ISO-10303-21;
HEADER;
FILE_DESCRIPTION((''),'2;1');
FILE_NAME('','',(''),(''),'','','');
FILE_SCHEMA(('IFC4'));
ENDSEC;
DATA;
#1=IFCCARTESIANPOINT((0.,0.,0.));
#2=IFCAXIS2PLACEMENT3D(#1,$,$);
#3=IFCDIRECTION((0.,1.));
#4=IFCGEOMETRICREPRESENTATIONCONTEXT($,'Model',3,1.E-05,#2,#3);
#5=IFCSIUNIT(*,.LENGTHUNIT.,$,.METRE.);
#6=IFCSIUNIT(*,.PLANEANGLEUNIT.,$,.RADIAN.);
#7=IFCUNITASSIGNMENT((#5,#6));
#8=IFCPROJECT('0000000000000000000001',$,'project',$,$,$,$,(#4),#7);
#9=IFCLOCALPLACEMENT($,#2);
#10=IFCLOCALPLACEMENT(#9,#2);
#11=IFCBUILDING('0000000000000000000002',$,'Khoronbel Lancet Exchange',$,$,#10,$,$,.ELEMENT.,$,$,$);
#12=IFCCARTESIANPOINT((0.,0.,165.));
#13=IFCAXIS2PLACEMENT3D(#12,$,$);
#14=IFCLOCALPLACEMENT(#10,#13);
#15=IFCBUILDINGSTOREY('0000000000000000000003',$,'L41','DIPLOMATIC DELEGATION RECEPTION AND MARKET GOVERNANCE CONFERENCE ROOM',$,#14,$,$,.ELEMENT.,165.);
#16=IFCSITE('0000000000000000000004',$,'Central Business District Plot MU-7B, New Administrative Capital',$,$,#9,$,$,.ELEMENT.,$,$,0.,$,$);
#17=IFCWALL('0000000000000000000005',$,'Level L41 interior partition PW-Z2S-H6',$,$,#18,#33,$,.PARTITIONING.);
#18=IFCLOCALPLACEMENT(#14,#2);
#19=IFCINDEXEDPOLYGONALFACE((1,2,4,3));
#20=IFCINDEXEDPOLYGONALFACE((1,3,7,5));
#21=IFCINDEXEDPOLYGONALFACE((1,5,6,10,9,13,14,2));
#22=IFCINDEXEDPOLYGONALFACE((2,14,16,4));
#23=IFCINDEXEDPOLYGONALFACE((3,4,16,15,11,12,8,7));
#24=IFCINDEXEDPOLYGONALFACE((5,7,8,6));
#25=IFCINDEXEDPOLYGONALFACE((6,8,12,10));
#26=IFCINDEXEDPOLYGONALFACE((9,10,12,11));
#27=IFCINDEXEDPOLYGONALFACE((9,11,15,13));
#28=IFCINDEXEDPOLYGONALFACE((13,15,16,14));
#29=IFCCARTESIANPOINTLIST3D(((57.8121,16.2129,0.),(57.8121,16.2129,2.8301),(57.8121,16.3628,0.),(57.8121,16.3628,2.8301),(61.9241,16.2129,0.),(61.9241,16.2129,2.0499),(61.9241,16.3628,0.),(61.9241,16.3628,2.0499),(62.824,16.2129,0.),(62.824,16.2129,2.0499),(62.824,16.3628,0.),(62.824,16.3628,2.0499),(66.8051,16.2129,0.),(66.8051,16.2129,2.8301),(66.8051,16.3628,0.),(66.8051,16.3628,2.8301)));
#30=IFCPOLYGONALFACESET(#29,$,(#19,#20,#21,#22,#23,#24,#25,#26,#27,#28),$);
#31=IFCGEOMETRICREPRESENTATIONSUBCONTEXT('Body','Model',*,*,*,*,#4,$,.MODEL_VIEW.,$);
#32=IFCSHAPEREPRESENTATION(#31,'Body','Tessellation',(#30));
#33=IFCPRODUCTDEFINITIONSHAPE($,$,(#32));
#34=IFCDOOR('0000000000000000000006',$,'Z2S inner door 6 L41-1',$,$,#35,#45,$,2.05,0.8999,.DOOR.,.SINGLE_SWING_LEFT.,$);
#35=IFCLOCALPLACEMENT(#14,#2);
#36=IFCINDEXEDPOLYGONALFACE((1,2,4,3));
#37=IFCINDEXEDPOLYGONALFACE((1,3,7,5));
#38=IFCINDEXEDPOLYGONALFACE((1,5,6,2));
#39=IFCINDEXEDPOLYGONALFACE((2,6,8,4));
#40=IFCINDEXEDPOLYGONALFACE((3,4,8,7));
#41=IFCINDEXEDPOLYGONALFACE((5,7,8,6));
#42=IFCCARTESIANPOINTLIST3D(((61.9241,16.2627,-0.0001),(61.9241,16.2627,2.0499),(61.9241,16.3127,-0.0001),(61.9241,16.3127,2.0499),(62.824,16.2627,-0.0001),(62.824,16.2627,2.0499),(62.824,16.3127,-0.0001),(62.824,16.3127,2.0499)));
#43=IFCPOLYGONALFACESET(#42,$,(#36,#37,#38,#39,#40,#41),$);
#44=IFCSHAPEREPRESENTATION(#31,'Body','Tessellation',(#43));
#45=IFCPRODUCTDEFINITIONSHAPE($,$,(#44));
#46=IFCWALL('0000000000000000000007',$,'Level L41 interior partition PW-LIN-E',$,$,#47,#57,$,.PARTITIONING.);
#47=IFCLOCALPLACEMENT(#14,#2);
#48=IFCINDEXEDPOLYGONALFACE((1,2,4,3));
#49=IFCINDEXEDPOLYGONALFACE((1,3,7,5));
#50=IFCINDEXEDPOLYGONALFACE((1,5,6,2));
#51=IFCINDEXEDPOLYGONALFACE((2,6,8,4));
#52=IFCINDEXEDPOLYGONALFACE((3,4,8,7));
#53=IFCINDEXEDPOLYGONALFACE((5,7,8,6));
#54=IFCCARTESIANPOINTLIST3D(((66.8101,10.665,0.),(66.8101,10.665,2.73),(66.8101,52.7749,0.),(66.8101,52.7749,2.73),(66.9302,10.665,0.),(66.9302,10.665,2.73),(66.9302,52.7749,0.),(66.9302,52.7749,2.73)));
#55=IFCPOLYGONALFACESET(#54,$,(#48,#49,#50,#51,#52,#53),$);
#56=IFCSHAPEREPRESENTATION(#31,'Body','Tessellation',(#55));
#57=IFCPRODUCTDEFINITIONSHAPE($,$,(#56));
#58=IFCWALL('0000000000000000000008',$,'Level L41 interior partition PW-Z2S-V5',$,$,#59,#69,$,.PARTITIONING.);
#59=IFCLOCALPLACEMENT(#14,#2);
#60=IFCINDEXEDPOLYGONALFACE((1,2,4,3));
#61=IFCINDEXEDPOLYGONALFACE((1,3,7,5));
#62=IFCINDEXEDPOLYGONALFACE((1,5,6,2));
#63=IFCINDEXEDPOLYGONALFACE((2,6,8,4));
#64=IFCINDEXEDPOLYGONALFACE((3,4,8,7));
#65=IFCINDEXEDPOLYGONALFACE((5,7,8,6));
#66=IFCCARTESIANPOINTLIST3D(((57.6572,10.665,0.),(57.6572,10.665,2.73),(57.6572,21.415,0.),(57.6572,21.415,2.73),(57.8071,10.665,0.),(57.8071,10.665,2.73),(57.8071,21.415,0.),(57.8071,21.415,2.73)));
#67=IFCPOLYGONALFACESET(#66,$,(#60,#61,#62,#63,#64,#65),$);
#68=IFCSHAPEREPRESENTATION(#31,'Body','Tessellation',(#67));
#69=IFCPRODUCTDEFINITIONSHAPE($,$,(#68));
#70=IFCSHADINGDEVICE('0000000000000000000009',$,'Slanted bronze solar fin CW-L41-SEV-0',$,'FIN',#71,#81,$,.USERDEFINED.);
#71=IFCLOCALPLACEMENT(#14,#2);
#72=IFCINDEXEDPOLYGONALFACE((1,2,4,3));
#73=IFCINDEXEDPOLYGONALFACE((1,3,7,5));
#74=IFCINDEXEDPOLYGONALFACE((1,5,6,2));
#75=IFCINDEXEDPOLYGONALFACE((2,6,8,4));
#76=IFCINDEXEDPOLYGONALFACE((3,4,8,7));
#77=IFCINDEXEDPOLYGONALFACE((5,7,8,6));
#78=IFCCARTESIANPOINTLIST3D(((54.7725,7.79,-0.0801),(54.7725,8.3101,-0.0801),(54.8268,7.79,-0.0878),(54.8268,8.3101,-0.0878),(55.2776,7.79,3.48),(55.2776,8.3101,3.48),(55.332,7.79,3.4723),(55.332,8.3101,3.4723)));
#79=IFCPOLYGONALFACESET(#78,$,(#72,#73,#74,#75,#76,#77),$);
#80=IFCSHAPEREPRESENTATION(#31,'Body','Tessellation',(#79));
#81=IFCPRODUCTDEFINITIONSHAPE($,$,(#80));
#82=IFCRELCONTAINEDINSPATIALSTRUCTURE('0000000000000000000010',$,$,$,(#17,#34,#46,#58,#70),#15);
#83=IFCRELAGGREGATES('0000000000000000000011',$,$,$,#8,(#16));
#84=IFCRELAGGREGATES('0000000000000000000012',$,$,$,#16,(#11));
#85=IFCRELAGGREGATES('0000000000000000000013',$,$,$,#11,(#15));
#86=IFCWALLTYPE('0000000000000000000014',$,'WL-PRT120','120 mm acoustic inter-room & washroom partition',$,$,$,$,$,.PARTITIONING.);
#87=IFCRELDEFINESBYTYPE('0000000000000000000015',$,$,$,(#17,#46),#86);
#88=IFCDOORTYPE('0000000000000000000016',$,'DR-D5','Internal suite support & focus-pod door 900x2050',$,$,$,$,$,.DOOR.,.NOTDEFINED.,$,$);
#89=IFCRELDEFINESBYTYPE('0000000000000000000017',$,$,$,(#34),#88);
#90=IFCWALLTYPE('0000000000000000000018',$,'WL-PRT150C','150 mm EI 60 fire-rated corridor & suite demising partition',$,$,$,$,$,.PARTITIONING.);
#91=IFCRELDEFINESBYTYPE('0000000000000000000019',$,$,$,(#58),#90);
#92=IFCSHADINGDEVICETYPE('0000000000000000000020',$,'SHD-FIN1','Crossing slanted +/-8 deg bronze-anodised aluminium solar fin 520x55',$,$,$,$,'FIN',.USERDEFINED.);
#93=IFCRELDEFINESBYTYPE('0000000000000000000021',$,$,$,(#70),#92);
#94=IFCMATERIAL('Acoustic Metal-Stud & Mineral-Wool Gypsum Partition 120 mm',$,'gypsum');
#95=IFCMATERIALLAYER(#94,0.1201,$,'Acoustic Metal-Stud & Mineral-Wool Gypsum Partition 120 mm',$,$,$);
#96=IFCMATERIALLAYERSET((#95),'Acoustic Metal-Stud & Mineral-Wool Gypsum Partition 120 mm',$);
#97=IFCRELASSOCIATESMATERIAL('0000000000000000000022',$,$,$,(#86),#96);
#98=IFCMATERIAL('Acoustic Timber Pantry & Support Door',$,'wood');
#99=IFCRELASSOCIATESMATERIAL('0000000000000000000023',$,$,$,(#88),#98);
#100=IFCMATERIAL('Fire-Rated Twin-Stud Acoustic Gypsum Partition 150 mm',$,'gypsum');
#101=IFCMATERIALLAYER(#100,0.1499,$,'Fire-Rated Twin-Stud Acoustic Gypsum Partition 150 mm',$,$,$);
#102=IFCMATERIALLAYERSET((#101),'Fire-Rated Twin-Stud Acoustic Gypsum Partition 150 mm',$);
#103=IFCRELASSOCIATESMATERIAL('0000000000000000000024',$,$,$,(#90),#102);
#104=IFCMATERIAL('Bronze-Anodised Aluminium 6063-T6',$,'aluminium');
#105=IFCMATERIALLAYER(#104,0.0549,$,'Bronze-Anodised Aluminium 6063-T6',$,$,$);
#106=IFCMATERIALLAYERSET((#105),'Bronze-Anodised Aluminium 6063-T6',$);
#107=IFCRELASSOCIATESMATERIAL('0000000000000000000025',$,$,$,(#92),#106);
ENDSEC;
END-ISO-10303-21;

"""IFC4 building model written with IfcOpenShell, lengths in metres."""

from ifc_helpers import new_model, si_unit, direction, frame, frame_2d, origin, place, context, subcontext, project, spatial, polyline, rectangle, outline, extrude, material, layer, layer_set, type_object, element, fill, save


model = new_model("IFC4")

# Units and contexts
model_context = context("Model", 3, precision=1e-05, world=origin(), true_north=direction((0.0, 1.0)))
body_context = subcontext(model_context, "Body", "Model", "MODEL_VIEW")
ifc_project = project(units=[si_unit("LENGTHUNIT", "METRE"), si_unit("PLANEANGLEUNIT", "RADIAN")], contexts=[model_context])

# Site, building, storey
site_placement = place(None, origin())
site = spatial("IfcSite", under=ifc_project, at=site_placement, Name="Central Business District Plot MU-7B, New Administrative Capital", CompositionType="ELEMENT", RefElevation=0.0)
building_placement = place(site_placement, origin())
building = spatial("IfcBuilding", under=site, at=building_placement, Name="Khoronbel Lancet Exchange", CompositionType="ELEMENT")
storey_placement = place(building_placement, frame((0.0, 0.0, 165.0)))
storey = spatial("IfcBuildingStorey", under=building, at=storey_placement, Name="L41", Description="DIPLOMATIC DELEGATION RECEPTION AND MARKET GOVERNANCE CONFERENCE ROOM", CompositionType="ELEMENT", Elevation=165.0)

# Shared definitions
ifc_material_1 = material(Name="Bronze-Anodised Aluminium 6063-T6", Category="aluminium")

# Wall, opening, door
ifc_material_2 = material(Name="Acoustic Metal-Stud & Mineral-Wool Gypsum Partition 120 mm", Category="gypsum")
ifc_layer_1 = layer(ifc_material_2, 0.1201, Name="Acoustic Metal-Stud & Mineral-Wool Gypsum Partition 120 mm")
ifc_layer_set_1 = layer_set([ifc_layer_1], Name="Acoustic Metal-Stud & Mineral-Wool Gypsum Partition 120 mm")
wall_type_1 = type_object("IfcWallType", Name="WL-PRT120", Description="120 mm acoustic inter-room & washroom partition", PredefinedType="PARTITIONING", material=ifc_layer_set_1)
wall_1_placement = place(storey_placement, frame((57.812, 16.2878, 0.0), z_axis=(0.0, 0.0, 1.0), x_axis=(1.0, 0.0, 0.0)))
wall_1 = element("IfcWall", 1, at=wall_1_placement, inside=storey, type_object=wall_type_1, Name="Level L41 interior partition PW-Z2S-H6", PredefinedType="PARTITIONING", context=body_context, shape_type="SweptSolid", body=[
    extrude(rectangle(XDim=8.9929, YDim=0.1499, at=frame_2d((4.4966, 0.0))), origin(), (0.0, 0.0, 1.0), 2.8301),
])
opening_placement = place(wall_1_placement, frame((4.1121, 0.0, 0.0)))
opening = element("IfcOpeningElement", 2, at=opening_placement, cuts=wall_1, PredefinedType="OPENING", context=body_context, shape_type="SweptSolid", body=[
    extrude(rectangle(XDim=0.8999, YDim=2.05, at=frame_2d((0.45, 1.0249))), frame((0.0, 0.085, 0.0), z_axis=(0.0, -1.0, 0.0), x_axis=(1.0, 0.0, 0.0)), (0.0, 0.0, 1.0), 0.1699),
])
ifc_material_3 = material(Name="Acoustic Timber Pantry & Support Door", Category="wood")
door_type = type_object("IfcDoorType", Name="DR-D5", Description="Internal suite support & focus-pod door 900x2050", OperationType="NOTDEFINED", PredefinedType="DOOR", material=ifc_material_3)
door_placement = place(opening_placement, origin())
door = element("IfcDoor", 3, at=door_placement, inside=storey, type_object=door_type, Name="Z2S inner door 6 L41-1", OperationType="SINGLE_SWING_LEFT", OverallHeight=2.05, OverallWidth=0.8999, PredefinedType="DOOR", context=body_context, shape_type="SweptSolid", body=[
    extrude(rectangle(XDim=0.8999, YDim=2.05, at=frame_2d((0.45, 1.0249))), frame((0.0, 0.0249, 0.0), z_axis=(0.0, -1.0, 0.0), x_axis=(1.0, 0.0, 0.0)), (0.0, 0.0, 1.0), 0.05),
])
fill(opening, door)

# Walls
wall_2_placement = place(storey_placement, frame((66.8701, 10.665, 0.0), z_axis=(0.0, 0.0, 1.0), x_axis=(0.0, 1.0, 0.0)))
element("IfcWall", 4, at=wall_2_placement, inside=storey, type_object=wall_type_1, Name="Level L41 interior partition PW-LIN-E", PredefinedType="PARTITIONING", context=body_context, shape_type="SweptSolid", body=[
    extrude(rectangle(XDim=42.1099, YDim=0.1201, at=frame_2d((21.0549, 0.0))), origin(), (0.0, 0.0, 1.0), 2.73),
])
ifc_material_4 = material(Name="Fire-Rated Twin-Stud Acoustic Gypsum Partition 150 mm", Category="gypsum")
ifc_layer_2 = layer(ifc_material_4, 0.1499, Name="Fire-Rated Twin-Stud Acoustic Gypsum Partition 150 mm")
ifc_layer_set_2 = layer_set([ifc_layer_2], Name="Fire-Rated Twin-Stud Acoustic Gypsum Partition 150 mm")
wall_type_2 = type_object("IfcWallType", Name="WL-PRT150C", Description="150 mm EI 60 fire-rated corridor & suite demising partition", PredefinedType="PARTITIONING", material=ifc_layer_set_2)
wall_3_placement = place(storey_placement, frame((57.7322, 10.665, 0.0), z_axis=(0.0, 0.0, 1.0), x_axis=(0.0, 1.0, 0.0)))
element("IfcWall", 5, at=wall_3_placement, inside=storey, type_object=wall_type_2, Name="Level L41 interior partition PW-Z2S-V5", PredefinedType="PARTITIONING", context=body_context, shape_type="SweptSolid", body=[
    extrude(rectangle(XDim=10.75, YDim=0.1499, at=frame_2d((5.375, 0.0))), origin(), (0.0, 0.0, 1.0), 2.73),
])

# Shading device
ifc_layer_3 = layer(ifc_material_1, 0.0549, Name="Bronze-Anodised Aluminium 6063-T6")
ifc_layer_set_3 = layer_set([ifc_layer_3], Name="Bronze-Anodised Aluminium 6063-T6")
shading_device_type = type_object("IfcShadingDeviceType", Name="SHD-FIN1", Description="Crossing slanted +/-8 deg bronze-anodised aluminium solar fin 520x55", ElementType="FIN", PredefinedType="USERDEFINED", material=ifc_layer_set_3)
shading_device_placement = place(storey_placement, frame((54.7725, 8.3101, -0.0801), z_axis=(-0.990083, 0.0, 0.14048), x_axis=(0.0, -1.0, 0.0)))
element("IfcShadingDevice", 6, at=shading_device_placement, inside=storey, type_object=shading_device_type, Name="Slanted bronze solar fin CW-L41-SEV-0", ObjectType="FIN", PredefinedType="USERDEFINED", context=body_context, shape_type="SweptSolid", body=[
    extrude(outline(polyline([(0.0, 0.0), (0.52, 0.0), (0.52, 3.5957), (0.0, 3.5957), (0.0, 0.0)])), origin(), (0.0, 0.0, -1.0), 0.0549),
])

save(model, "model.ifc")
